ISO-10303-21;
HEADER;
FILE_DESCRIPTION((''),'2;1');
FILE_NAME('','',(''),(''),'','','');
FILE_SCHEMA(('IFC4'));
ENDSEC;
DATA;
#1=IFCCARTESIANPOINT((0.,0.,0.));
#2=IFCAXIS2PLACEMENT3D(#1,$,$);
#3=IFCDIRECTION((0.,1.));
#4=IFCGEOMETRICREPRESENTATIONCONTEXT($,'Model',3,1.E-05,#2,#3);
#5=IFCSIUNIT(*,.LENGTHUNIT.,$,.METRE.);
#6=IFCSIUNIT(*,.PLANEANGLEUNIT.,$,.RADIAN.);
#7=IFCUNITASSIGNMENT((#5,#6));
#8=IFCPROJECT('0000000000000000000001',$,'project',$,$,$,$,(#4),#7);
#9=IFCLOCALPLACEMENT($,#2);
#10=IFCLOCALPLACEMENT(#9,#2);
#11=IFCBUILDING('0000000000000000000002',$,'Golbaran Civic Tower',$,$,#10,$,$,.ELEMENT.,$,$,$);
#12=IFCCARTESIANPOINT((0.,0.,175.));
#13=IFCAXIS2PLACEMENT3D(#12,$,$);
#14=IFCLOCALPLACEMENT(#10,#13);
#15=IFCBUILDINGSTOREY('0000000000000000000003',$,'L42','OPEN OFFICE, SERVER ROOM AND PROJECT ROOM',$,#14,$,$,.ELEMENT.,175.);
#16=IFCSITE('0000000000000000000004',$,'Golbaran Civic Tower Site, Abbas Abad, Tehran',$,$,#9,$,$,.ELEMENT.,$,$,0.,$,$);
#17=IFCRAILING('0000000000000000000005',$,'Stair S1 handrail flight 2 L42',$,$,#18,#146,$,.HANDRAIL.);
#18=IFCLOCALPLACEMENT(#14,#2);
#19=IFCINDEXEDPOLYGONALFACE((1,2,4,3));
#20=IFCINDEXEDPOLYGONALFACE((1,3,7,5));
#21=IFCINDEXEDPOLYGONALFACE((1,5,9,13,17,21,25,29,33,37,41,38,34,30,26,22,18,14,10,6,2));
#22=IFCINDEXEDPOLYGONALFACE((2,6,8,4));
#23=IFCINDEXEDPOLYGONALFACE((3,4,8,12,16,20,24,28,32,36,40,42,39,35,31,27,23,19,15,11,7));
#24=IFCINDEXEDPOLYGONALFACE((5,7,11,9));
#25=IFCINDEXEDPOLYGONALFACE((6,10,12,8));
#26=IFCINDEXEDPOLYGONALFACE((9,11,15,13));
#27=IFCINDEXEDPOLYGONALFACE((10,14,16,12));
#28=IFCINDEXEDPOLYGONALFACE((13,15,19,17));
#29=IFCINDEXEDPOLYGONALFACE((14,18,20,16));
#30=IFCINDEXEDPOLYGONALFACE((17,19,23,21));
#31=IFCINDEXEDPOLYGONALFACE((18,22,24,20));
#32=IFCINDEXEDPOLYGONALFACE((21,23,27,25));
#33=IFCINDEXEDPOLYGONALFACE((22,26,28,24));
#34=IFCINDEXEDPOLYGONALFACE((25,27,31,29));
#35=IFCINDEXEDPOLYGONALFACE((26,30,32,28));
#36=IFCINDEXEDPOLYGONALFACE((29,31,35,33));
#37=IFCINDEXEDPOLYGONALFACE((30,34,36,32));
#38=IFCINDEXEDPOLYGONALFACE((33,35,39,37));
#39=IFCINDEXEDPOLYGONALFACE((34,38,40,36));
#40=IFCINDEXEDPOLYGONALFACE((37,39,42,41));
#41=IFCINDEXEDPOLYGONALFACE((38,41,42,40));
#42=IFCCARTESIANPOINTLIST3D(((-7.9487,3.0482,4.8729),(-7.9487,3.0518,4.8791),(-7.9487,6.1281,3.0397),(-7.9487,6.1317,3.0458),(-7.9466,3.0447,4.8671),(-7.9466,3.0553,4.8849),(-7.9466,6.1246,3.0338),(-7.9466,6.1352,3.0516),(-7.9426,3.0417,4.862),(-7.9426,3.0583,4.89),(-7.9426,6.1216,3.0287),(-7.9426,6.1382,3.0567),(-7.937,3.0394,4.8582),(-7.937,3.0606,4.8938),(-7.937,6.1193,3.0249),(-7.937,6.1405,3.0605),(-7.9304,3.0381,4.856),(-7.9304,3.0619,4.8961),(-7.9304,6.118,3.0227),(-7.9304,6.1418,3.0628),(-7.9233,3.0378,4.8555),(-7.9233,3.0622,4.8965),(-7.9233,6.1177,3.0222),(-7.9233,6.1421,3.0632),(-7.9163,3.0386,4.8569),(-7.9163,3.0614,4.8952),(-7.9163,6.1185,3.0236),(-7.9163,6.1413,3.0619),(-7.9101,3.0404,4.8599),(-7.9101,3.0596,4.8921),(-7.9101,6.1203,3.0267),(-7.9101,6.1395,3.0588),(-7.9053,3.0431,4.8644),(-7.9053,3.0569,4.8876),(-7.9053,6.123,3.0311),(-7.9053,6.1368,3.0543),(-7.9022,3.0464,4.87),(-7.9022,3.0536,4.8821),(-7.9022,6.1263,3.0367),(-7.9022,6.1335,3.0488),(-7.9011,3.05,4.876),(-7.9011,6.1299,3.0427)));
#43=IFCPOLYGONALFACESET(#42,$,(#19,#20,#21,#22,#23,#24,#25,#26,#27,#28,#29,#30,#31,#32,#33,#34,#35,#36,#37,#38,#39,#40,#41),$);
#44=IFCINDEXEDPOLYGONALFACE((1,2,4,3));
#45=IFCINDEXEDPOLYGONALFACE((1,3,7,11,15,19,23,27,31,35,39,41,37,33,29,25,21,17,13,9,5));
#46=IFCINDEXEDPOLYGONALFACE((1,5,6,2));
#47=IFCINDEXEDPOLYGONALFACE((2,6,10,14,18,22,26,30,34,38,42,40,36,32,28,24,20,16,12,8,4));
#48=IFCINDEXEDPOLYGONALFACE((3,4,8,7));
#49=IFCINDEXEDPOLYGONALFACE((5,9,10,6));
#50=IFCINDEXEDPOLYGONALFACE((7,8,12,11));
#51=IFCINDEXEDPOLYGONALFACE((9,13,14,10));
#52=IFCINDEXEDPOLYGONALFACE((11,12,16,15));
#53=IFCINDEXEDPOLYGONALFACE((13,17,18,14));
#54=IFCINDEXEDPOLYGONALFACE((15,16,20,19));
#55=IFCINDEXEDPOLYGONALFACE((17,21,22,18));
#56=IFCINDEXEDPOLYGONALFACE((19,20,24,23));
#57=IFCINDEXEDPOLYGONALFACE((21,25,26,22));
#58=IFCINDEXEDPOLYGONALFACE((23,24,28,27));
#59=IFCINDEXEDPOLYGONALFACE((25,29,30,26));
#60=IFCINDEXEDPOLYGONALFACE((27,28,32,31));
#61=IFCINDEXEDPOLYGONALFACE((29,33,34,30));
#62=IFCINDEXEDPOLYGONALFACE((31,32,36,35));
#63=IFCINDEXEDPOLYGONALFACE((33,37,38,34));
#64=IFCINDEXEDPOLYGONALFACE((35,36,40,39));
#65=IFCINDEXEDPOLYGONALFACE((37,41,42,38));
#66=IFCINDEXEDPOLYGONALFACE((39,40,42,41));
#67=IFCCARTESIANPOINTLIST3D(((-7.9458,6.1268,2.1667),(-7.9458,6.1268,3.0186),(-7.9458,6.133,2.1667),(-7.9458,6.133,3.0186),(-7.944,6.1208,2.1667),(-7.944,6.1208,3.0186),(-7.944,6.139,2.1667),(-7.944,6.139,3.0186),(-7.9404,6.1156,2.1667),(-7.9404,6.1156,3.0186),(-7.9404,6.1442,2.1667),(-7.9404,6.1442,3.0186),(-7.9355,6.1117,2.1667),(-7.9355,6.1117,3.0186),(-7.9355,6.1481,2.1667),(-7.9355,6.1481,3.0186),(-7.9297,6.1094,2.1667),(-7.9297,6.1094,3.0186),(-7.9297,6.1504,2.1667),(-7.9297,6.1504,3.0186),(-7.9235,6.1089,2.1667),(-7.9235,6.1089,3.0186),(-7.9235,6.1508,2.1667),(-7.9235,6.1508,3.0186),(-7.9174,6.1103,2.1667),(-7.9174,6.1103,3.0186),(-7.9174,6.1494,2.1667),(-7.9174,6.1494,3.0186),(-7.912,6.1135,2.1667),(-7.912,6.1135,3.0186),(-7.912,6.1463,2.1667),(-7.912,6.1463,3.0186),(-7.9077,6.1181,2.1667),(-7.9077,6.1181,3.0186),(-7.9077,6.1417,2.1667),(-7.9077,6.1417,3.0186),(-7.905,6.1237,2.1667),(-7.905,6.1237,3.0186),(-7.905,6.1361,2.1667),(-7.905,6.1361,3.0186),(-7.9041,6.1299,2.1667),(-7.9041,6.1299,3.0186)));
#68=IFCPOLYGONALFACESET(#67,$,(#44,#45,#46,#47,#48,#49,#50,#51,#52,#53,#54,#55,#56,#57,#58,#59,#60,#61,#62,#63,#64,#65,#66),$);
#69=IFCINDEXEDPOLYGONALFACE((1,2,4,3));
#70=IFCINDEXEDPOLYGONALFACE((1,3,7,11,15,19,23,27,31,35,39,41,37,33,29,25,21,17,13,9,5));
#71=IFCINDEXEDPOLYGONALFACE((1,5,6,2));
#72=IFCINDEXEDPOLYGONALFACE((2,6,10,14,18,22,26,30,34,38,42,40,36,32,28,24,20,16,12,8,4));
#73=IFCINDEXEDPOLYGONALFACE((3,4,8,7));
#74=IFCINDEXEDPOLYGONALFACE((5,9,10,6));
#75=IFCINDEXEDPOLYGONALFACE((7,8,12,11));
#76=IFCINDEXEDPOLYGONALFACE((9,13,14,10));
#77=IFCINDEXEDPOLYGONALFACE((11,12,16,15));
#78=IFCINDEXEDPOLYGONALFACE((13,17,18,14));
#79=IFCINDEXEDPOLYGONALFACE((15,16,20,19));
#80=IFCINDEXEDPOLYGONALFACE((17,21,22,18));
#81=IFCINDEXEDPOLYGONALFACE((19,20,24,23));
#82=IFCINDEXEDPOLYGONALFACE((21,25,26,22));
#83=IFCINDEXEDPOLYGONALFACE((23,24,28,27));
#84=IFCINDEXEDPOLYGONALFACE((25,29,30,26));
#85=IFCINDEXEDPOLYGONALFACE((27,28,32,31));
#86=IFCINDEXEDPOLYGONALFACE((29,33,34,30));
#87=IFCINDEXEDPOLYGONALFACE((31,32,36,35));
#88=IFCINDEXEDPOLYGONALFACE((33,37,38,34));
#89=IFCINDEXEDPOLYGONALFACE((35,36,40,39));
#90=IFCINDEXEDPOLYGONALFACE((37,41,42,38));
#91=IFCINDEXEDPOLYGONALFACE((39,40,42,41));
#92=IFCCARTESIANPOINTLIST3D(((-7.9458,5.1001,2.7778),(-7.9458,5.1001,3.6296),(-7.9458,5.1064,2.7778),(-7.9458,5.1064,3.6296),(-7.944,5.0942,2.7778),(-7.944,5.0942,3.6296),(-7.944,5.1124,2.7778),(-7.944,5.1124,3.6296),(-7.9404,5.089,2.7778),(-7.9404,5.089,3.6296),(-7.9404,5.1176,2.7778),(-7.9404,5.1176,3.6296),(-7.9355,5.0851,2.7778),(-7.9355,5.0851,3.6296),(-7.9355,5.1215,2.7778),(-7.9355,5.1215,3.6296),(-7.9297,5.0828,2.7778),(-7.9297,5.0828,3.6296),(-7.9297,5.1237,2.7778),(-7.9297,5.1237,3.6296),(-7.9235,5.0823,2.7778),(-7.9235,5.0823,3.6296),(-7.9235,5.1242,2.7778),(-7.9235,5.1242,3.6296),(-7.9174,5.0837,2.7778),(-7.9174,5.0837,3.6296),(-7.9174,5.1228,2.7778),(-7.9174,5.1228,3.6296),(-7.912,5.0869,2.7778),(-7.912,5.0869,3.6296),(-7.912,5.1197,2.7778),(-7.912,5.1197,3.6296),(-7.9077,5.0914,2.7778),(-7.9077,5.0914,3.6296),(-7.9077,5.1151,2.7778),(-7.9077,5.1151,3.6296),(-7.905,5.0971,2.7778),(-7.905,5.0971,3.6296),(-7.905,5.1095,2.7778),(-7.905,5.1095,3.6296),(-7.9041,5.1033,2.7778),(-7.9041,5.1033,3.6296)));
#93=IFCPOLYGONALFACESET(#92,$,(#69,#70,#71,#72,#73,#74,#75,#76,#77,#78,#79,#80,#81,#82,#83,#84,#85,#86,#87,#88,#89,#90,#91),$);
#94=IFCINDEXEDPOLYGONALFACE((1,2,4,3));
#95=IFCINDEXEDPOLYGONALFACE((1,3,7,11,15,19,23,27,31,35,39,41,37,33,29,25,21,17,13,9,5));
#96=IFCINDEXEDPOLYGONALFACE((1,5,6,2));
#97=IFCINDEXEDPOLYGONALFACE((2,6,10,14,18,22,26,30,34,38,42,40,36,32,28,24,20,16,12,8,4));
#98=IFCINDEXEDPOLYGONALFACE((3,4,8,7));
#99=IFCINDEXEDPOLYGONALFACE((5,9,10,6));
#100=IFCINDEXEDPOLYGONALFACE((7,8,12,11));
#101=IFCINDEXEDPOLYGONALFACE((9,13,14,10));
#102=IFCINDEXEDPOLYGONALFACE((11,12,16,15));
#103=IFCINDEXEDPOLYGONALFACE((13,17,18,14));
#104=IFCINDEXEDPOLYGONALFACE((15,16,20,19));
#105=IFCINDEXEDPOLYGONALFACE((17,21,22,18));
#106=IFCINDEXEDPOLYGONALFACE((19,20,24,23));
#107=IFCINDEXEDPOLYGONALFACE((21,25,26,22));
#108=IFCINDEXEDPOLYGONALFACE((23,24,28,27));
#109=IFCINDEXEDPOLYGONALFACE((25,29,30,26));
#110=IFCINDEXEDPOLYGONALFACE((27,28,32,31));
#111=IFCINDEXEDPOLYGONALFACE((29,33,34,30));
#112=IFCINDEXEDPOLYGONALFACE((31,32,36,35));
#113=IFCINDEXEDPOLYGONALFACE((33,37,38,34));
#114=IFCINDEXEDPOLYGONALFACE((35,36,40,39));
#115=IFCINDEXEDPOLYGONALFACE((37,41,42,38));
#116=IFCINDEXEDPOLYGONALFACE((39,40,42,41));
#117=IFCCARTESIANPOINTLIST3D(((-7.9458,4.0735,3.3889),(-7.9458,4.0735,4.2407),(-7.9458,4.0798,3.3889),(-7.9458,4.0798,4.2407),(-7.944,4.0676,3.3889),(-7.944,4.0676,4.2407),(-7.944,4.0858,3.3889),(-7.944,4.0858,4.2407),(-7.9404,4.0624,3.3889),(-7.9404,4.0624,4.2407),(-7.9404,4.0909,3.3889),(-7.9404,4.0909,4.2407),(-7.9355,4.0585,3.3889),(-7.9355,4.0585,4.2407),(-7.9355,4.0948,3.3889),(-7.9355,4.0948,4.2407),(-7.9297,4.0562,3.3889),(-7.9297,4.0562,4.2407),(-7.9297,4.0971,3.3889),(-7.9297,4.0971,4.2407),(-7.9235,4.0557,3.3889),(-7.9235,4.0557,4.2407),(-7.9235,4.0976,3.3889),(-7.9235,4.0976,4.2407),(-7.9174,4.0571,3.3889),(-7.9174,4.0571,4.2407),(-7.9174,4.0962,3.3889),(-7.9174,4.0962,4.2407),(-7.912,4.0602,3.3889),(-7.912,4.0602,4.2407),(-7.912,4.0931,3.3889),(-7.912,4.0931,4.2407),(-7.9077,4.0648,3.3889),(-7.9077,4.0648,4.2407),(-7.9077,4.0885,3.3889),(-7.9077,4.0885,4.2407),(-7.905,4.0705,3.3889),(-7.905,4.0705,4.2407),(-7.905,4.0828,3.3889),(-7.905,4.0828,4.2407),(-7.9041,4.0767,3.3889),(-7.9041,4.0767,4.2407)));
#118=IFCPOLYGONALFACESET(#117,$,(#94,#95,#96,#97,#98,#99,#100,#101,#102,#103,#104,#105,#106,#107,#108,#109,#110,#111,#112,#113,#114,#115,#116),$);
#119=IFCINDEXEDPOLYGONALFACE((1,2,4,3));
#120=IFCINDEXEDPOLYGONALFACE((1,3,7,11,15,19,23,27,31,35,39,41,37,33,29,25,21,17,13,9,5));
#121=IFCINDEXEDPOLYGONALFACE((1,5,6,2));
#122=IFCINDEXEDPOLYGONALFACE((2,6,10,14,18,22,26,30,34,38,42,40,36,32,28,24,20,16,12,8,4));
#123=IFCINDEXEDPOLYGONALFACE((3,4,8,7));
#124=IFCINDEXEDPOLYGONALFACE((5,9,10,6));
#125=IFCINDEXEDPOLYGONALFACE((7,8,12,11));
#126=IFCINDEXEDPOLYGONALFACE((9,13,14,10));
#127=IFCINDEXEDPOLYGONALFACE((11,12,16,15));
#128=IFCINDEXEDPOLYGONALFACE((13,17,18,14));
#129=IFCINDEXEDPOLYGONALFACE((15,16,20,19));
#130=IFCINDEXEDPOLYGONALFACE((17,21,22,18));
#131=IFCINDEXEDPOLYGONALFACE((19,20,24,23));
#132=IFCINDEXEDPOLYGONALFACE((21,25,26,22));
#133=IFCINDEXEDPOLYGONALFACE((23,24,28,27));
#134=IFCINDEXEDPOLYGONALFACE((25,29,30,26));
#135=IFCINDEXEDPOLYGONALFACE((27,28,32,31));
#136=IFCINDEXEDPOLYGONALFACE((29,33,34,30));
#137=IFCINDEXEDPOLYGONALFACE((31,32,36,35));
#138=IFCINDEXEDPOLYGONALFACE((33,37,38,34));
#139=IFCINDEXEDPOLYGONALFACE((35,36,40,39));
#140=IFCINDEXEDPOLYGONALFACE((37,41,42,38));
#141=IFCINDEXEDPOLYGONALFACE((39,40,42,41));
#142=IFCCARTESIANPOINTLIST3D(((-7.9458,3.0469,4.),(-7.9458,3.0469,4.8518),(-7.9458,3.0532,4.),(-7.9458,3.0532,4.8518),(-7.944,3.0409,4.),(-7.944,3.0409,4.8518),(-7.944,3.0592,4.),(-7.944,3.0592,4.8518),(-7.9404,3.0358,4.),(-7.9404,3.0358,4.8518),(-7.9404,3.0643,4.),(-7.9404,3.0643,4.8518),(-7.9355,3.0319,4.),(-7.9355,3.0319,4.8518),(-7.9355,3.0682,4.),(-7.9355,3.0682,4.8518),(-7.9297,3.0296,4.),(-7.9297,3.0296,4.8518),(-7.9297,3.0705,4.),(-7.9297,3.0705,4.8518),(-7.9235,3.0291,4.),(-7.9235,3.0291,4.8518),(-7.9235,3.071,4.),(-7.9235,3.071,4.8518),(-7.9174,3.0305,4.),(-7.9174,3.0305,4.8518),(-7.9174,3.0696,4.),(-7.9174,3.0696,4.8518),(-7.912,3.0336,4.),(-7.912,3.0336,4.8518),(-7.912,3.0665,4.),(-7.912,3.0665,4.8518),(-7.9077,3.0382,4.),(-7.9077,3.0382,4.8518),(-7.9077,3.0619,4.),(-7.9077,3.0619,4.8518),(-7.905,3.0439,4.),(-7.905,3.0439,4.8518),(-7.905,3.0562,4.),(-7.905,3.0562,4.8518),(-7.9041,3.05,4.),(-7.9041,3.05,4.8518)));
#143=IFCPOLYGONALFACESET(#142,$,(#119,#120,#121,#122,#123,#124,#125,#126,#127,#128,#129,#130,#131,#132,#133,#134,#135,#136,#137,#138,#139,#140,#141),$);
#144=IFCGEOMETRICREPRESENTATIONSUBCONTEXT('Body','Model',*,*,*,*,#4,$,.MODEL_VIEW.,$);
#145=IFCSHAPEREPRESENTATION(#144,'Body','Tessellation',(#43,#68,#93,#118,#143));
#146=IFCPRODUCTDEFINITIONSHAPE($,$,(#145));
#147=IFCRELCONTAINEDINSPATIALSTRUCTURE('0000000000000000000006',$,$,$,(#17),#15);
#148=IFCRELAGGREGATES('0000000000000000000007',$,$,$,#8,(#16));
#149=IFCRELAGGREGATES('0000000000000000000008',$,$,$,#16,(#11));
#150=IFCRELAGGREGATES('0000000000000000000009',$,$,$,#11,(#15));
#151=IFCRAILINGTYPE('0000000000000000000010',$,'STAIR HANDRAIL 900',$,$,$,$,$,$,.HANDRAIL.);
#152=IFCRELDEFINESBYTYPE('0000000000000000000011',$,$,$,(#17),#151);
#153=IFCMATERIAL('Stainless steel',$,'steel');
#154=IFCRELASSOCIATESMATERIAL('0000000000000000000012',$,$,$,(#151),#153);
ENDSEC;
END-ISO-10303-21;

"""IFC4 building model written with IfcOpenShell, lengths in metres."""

from ifc_helpers import new_model, si_unit, direction, frame, origin, origin_2d, place, context, subcontext, project, spatial, circle, extrude, material, type_object, element, save


model = new_model("IFC4")

# Units and contexts
model_context = context("Model", 3, precision=1e-05, world=origin(), true_north=direction((0.0, 1.0)))
body_context = subcontext(model_context, "Body", "Model", "MODEL_VIEW")
ifc_project = project(units=[si_unit("LENGTHUNIT", "METRE"), si_unit("PLANEANGLEUNIT", "RADIAN")], contexts=[model_context])

# Site, building, storey
site_placement = place(None, origin())
site = spatial("IfcSite", under=ifc_project, at=site_placement, Name="Golbaran Civic Tower Site, Abbas Abad, Tehran", CompositionType="ELEMENT", RefElevation=0.0)
building_placement = place(site_placement, origin())
building = spatial("IfcBuilding", under=site, at=building_placement, Name="Golbaran Civic Tower", CompositionType="ELEMENT")
storey_placement = place(building_placement, frame((0.0, 0.0, 175.0)))
storey = spatial("IfcBuildingStorey", under=building, at=storey_placement, Name="L42", Description="OPEN OFFICE, SERVER ROOM AND PROJECT ROOM", CompositionType="ELEMENT", Elevation=175.0)

# Shared definitions
ifc_material_1 = material(Name="Stainless steel", Category="steel")

# Railing
railing_type_1 = type_object("IfcRailingType", Name="STAIR HANDRAIL 900", PredefinedType="HANDRAIL", material=ifc_material_1)
railing_1_placement = place(storey_placement, frame((-7.925, 6.1299, 2.1667)))
element("IfcRailing", 1, at=railing_1_placement, inside=storey, type_object=railing_type_1, Name="Stair S1 handrail flight 2 L42", PredefinedType="HANDRAIL", context=body_context, shape_type="SweptSolid", body=[
    extrude(circle(Radius=0.0239, at=origin_2d()), frame((0.0, 0.0, 0.876), z_axis=(0.0, -0.859291, 0.511487), x_axis=(1.0, 0.0, 0.0)), (0.0, 0.0, 1.0), 3.5842),
    extrude(circle(Radius=0.021, at=origin_2d()), origin(), (0.0, 0.0, 1.0), 0.8518),
    extrude(circle(Radius=0.021, at=origin_2d()), frame((0.0, -1.0266, 0.6111)), (0.0, 0.0, 1.0), 0.8518),
    extrude(circle(Radius=0.021, at=origin_2d()), frame((0.0, -2.0532, 1.2222)), (0.0, 0.0, 1.0), 0.8518),
    extrude(circle(Radius=0.021, at=origin_2d()), frame((0.0, -3.0798, 1.8333)), (0.0, 0.0, 1.0), 0.8518),
])

save(model, "model.ifc")
